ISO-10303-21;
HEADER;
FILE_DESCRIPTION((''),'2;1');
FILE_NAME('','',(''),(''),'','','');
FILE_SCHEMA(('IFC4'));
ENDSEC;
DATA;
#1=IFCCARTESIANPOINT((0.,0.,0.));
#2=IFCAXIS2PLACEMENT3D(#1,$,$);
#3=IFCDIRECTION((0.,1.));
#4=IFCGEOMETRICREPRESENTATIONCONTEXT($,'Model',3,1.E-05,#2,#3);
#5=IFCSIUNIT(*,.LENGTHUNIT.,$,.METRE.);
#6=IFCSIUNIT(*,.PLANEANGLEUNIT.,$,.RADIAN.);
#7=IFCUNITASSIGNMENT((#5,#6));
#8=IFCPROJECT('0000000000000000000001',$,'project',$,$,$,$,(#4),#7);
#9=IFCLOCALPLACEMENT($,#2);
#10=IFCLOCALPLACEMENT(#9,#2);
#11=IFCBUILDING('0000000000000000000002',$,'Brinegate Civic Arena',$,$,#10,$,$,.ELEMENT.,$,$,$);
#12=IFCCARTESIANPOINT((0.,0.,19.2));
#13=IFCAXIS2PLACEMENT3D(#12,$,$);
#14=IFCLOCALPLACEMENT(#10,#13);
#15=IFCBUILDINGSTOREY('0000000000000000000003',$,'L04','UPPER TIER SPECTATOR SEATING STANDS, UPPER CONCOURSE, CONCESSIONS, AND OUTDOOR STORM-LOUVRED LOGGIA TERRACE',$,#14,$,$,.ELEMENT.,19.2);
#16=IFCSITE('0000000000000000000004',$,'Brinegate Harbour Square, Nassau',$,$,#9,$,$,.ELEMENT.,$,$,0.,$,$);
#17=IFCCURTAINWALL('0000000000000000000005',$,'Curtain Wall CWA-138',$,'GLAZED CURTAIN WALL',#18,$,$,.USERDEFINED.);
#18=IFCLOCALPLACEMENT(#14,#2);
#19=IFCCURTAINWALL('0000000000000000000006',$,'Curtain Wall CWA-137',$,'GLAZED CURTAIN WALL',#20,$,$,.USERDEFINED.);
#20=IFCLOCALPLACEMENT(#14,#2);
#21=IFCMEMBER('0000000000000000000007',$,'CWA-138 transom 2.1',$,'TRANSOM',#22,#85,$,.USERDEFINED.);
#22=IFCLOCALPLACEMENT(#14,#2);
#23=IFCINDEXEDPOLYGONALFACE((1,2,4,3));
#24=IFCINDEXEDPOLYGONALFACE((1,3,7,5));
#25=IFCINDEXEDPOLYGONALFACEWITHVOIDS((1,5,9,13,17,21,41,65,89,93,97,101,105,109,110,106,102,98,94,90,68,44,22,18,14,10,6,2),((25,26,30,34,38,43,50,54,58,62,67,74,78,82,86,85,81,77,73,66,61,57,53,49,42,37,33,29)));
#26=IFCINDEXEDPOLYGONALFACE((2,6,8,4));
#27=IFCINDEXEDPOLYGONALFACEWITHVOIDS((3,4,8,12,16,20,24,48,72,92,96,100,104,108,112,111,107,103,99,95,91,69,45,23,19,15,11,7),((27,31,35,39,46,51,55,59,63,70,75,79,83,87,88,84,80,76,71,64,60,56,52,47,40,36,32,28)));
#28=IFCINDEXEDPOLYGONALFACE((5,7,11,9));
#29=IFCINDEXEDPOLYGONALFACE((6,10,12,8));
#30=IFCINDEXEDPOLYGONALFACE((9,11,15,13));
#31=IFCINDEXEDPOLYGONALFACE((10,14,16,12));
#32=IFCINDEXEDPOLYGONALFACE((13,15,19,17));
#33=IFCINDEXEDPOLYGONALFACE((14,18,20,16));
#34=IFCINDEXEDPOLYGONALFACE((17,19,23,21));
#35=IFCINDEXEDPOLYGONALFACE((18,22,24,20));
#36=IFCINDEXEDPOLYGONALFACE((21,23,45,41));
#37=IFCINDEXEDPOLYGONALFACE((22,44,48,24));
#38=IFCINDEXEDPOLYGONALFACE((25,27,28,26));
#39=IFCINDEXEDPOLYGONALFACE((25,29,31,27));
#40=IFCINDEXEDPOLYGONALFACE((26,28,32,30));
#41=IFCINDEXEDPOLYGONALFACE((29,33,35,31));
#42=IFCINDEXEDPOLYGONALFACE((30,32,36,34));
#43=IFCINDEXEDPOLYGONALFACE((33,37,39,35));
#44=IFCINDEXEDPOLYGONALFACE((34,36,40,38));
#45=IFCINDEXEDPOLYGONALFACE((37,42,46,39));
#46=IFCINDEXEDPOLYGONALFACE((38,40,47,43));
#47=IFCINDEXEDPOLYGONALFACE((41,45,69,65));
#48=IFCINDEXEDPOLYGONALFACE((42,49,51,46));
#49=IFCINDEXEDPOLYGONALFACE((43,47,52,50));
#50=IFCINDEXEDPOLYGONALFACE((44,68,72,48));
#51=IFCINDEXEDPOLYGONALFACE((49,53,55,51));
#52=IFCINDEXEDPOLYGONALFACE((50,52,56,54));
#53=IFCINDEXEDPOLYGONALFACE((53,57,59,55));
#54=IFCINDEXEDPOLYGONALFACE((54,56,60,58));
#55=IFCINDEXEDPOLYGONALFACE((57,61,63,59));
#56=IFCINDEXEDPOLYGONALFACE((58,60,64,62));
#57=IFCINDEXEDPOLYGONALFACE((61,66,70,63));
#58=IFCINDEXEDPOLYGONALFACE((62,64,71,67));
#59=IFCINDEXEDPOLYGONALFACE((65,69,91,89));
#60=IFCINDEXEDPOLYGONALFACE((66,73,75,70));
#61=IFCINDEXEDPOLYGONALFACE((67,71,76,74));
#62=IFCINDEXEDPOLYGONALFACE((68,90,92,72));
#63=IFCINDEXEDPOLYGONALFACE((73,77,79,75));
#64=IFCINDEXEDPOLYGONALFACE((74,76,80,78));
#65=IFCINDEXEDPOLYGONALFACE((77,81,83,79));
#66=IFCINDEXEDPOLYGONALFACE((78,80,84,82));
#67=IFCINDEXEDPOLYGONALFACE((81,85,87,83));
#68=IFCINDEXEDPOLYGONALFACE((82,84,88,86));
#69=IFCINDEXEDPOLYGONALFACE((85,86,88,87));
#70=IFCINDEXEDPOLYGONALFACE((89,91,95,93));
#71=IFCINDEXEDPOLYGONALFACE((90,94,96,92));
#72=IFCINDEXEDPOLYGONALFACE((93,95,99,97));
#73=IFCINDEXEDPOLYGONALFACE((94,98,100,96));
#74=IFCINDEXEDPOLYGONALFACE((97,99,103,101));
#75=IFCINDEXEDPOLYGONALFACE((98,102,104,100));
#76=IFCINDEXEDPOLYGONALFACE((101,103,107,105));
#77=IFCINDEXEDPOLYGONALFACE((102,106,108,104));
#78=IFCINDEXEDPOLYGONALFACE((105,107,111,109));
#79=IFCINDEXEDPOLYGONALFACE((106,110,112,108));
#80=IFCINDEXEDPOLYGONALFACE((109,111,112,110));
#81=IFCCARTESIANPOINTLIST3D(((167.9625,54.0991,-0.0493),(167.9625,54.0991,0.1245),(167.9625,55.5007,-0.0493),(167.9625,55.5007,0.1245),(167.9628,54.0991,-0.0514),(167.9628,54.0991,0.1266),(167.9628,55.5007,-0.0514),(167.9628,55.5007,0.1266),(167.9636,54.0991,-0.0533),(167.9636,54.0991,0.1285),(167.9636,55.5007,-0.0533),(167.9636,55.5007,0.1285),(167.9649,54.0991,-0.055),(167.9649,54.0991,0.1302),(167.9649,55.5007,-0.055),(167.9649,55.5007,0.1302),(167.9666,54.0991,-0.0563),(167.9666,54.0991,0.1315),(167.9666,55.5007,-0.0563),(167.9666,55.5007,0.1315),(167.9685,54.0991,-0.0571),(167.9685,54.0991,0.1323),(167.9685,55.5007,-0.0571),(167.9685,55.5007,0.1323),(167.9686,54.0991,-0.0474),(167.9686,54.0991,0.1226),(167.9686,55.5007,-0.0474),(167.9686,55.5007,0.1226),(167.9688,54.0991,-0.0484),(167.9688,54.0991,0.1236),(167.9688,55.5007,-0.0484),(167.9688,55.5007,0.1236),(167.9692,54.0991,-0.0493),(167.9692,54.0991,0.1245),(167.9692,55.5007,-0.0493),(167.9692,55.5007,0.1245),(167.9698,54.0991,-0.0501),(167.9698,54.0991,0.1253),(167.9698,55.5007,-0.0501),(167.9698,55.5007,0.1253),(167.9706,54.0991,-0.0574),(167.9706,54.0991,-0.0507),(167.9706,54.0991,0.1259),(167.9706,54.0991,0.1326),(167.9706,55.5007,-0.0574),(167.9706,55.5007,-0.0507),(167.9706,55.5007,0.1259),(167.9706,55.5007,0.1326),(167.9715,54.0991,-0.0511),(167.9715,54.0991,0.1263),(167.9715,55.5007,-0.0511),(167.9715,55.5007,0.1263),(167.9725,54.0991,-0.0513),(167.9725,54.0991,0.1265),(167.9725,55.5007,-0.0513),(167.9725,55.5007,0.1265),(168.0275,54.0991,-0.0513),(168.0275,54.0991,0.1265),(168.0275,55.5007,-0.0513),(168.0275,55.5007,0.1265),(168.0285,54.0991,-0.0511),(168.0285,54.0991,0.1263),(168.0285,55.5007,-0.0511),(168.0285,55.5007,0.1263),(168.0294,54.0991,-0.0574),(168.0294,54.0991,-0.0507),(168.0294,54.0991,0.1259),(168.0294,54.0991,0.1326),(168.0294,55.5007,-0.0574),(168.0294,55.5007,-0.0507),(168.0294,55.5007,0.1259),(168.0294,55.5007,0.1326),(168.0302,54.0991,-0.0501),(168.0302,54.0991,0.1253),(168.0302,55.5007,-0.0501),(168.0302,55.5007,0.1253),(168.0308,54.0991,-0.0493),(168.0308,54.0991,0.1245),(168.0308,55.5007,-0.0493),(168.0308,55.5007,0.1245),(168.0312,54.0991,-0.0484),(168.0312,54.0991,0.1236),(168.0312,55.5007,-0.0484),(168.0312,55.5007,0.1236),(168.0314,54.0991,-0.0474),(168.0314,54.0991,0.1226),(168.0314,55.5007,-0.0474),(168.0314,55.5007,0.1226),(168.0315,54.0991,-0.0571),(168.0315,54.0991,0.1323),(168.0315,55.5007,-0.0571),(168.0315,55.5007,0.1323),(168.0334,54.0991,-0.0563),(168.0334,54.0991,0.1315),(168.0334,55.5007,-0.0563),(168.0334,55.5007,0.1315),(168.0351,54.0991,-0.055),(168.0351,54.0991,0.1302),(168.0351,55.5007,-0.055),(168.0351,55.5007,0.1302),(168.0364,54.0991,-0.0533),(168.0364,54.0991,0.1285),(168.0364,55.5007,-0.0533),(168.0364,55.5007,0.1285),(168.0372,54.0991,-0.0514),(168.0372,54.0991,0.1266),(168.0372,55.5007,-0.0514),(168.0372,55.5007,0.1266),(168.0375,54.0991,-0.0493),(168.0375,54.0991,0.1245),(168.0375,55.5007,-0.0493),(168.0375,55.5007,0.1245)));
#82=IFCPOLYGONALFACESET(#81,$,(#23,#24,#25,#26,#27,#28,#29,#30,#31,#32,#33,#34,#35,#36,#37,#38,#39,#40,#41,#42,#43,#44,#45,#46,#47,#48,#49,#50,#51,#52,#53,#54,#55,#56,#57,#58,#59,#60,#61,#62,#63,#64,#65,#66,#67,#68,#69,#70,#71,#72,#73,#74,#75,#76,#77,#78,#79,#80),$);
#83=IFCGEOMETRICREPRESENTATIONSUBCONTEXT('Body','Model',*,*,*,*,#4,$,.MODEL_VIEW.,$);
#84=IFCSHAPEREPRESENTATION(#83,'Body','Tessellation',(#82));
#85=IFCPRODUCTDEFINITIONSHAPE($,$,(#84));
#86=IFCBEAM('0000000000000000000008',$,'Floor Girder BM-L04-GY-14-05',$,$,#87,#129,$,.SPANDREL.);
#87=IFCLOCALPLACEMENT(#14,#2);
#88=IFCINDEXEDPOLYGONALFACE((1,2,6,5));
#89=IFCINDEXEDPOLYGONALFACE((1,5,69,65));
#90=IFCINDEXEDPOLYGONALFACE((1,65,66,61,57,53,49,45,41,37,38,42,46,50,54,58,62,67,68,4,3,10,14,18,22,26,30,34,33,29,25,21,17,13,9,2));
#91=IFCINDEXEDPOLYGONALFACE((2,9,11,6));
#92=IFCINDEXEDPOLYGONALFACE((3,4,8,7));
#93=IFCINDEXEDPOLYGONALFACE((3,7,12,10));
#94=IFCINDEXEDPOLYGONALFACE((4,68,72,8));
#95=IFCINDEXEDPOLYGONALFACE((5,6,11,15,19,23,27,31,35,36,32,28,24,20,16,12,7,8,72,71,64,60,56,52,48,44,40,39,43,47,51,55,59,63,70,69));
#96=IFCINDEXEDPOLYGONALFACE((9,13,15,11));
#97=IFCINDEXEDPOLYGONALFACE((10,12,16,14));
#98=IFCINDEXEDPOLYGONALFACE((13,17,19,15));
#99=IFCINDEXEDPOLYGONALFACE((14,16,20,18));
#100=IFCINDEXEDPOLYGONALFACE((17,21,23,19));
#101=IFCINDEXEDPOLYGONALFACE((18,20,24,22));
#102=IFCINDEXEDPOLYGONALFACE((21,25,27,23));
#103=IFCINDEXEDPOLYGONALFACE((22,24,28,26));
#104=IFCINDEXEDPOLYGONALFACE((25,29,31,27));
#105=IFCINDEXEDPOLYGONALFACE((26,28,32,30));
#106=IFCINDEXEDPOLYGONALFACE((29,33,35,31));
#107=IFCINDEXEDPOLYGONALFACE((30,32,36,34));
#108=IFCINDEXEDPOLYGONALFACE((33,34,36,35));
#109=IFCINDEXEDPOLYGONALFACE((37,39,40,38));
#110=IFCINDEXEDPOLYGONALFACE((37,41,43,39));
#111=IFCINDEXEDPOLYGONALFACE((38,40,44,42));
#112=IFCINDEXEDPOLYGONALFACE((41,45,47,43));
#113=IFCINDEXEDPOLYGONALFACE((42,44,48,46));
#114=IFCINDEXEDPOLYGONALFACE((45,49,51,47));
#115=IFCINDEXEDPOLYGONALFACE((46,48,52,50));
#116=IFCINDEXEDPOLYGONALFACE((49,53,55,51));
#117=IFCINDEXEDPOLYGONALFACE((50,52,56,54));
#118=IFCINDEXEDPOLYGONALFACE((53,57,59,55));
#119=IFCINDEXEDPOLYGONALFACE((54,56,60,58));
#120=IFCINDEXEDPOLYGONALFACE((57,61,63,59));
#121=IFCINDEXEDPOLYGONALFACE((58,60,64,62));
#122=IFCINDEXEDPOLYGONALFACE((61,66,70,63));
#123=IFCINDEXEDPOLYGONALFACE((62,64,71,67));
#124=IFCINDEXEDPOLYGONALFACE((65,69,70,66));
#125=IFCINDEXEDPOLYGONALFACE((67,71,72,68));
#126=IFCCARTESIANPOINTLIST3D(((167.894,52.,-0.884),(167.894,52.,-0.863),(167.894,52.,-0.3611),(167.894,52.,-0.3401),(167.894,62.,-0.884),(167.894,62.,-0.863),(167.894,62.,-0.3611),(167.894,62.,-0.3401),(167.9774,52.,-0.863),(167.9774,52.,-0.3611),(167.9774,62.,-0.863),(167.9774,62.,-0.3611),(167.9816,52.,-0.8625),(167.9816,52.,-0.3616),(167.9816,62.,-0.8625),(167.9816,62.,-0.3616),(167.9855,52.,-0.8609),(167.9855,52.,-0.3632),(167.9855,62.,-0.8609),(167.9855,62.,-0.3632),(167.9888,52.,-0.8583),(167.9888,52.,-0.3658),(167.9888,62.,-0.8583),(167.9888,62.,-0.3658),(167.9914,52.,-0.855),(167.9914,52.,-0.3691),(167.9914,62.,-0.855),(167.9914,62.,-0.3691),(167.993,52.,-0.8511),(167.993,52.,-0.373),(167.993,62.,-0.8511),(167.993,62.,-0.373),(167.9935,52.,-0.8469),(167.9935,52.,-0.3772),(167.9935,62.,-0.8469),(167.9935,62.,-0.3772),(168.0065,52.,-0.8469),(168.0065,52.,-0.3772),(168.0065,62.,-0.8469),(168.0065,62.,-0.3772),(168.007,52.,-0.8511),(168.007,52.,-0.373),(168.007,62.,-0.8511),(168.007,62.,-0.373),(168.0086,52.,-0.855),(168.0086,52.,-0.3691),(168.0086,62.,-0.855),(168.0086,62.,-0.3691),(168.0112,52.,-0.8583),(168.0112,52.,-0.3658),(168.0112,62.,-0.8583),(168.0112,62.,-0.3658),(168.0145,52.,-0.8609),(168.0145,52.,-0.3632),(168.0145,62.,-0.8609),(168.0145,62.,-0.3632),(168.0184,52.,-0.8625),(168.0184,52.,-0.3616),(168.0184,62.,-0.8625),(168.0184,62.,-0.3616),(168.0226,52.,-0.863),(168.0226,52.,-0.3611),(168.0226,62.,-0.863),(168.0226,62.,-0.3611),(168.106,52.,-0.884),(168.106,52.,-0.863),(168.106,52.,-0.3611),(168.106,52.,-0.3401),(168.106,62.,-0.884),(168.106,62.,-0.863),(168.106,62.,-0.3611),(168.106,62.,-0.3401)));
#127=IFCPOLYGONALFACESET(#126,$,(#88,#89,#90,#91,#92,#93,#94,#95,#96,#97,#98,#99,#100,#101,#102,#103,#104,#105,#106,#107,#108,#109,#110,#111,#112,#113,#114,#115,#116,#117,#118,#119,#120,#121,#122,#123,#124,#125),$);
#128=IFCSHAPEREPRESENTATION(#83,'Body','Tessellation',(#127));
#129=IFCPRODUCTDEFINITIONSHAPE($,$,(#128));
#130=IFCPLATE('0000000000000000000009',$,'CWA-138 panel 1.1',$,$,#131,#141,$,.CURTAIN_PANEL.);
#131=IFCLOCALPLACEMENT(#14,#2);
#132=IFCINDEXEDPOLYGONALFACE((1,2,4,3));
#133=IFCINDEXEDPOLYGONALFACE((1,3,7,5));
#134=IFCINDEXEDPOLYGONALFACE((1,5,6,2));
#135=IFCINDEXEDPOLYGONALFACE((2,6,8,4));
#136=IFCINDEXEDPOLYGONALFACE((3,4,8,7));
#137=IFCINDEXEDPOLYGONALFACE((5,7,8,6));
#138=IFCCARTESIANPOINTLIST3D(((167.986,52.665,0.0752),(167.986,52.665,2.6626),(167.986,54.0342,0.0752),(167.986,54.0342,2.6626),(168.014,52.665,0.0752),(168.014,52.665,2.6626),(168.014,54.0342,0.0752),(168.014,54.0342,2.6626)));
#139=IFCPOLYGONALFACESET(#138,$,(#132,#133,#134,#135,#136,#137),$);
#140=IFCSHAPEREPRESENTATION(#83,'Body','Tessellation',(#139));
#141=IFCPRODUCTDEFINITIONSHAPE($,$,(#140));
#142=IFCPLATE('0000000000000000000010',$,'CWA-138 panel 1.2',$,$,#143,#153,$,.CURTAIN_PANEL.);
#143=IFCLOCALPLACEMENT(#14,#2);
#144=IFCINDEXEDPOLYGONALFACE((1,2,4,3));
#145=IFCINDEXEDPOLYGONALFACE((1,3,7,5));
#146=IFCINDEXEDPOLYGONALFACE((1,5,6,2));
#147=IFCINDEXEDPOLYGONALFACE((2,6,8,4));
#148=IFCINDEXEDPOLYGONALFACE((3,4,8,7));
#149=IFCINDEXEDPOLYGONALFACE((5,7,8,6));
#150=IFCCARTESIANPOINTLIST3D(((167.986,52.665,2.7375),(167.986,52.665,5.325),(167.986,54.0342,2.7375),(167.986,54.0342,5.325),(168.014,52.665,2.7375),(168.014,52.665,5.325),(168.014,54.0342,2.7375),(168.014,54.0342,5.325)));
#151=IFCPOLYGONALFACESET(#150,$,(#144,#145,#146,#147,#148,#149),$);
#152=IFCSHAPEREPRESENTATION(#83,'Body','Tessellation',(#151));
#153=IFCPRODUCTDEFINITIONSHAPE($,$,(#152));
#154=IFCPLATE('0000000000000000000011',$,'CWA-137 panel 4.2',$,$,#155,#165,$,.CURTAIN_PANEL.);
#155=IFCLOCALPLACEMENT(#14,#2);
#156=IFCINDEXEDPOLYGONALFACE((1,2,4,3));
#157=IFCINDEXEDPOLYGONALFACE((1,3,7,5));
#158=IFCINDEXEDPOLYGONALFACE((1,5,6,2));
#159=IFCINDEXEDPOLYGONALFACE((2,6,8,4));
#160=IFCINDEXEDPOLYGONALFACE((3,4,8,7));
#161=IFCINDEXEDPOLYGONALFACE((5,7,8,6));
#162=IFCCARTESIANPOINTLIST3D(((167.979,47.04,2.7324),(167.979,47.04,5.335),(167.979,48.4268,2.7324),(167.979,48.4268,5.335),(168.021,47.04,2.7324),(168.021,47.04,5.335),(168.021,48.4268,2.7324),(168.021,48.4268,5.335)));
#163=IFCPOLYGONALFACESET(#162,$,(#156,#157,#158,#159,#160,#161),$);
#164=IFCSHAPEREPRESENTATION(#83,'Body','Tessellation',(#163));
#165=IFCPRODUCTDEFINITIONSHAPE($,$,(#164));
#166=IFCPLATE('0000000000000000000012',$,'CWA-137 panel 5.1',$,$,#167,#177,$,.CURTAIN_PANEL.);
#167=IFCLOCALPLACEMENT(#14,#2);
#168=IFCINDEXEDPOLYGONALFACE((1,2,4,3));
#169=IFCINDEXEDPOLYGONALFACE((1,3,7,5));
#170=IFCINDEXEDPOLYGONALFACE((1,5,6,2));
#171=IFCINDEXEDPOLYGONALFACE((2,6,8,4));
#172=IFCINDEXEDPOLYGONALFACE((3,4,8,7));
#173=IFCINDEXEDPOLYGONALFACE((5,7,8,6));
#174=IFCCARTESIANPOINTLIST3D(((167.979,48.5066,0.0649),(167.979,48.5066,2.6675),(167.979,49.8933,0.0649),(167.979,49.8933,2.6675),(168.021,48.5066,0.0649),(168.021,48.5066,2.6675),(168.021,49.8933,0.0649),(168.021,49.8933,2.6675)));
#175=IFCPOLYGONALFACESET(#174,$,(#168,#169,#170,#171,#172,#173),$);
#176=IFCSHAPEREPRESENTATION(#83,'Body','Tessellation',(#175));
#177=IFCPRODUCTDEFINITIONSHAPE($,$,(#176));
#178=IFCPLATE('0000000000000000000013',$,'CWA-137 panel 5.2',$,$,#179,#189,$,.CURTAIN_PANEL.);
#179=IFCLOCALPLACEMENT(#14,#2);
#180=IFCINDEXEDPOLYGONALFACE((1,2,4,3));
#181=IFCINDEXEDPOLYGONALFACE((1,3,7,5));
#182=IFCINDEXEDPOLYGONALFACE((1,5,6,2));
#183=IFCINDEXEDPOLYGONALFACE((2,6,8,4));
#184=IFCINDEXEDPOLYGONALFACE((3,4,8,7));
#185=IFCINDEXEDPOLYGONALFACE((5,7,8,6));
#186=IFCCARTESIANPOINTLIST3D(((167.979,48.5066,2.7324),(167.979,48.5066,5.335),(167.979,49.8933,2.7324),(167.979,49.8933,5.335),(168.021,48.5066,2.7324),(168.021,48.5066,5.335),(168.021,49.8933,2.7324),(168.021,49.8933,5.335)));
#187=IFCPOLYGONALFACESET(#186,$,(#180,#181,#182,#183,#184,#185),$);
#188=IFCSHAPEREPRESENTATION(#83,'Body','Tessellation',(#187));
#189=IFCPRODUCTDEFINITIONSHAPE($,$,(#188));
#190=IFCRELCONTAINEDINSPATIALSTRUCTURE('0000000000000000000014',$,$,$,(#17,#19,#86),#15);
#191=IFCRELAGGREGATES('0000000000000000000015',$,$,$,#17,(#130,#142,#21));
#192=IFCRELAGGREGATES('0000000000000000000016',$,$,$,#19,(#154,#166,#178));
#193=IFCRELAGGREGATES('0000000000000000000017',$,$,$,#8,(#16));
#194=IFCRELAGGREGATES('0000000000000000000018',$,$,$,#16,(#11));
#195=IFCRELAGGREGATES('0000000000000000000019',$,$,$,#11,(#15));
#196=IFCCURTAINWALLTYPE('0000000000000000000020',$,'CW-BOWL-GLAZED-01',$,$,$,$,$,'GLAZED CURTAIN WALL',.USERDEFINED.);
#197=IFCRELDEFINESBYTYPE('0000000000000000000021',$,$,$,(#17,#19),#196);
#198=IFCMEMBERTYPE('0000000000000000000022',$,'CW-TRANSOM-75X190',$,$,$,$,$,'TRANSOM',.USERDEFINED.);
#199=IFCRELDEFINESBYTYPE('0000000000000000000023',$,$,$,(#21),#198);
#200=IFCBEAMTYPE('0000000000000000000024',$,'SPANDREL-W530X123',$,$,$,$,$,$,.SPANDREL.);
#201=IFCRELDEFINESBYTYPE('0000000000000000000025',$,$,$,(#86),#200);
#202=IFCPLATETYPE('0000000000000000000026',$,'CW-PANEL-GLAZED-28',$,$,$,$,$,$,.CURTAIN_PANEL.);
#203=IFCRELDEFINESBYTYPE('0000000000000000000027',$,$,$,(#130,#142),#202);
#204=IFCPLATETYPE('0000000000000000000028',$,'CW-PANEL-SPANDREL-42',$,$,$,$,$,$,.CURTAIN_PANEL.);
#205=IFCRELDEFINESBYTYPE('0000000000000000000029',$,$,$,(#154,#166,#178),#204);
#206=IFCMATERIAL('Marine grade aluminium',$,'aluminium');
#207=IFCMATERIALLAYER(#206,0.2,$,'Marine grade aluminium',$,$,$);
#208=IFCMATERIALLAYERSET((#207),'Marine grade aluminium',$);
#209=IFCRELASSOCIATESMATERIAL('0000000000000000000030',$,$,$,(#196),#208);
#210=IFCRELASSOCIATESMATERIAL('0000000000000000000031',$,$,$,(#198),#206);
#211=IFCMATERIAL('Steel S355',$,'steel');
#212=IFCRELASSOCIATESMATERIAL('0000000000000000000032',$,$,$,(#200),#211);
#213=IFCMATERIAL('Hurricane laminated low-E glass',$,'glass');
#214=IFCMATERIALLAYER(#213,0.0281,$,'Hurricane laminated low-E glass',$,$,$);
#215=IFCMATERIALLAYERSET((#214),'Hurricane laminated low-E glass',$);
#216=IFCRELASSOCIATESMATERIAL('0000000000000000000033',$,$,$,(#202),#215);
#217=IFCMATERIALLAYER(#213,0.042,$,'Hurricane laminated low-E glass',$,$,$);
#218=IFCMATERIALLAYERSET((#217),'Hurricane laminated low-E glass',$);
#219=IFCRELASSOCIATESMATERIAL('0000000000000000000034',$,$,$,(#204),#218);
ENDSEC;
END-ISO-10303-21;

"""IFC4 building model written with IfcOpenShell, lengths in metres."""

from ifc_helpers import new_model, si_unit, direction, frame, origin, origin_2d, place, context, subcontext, project, spatial, rectangle, hollow_rectangle, i_section, extrude, material, layer, layer_set, material_profile, profile_set, type_object, element, aggregate, save


model = new_model("IFC4")

# Units and contexts
model_context = context("Model", 3, precision=1e-05, world=origin(), true_north=direction((0.0, 1.0)))
body_context = subcontext(model_context, "Body", "Model", "MODEL_VIEW")
ifc_project = project(units=[si_unit("LENGTHUNIT", "METRE"), si_unit("PLANEANGLEUNIT", "RADIAN")], contexts=[model_context])

# Site, building, storey
site_placement = place(None, origin())
site = spatial("IfcSite", under=ifc_project, at=site_placement, Name="Brinegate Harbour Square, Nassau", CompositionType="ELEMENT", RefElevation=0.0)
building_placement = place(site_placement, origin())
building = spatial("IfcBuilding", under=site, at=building_placement, Name="Brinegate Civic Arena", CompositionType="ELEMENT")
storey_placement = place(building_placement, frame((0.0, 0.0, 19.2)))
storey = spatial("IfcBuildingStorey", under=building, at=storey_placement, Name="L04", Description="UPPER TIER SPECTATOR SEATING STANDS, UPPER CONCOURSE, CONCESSIONS, AND OUTDOOR STORM-LOUVRED LOGGIA TERRACE", CompositionType="ELEMENT", Elevation=19.2)

# Curtain walls
ifc_material_1 = material(Name="Marine grade aluminium", Category="aluminium")
ifc_layer_1 = layer(ifc_material_1, 0.2, Name="Marine grade aluminium")
ifc_layer_set_1 = layer_set([ifc_layer_1], Name="Marine grade aluminium")
curtain_wall_type = type_object("IfcCurtainWallType", Name="CW-BOWL-GLAZED-01", ElementType="GLAZED CURTAIN WALL", PredefinedType="USERDEFINED", material=ifc_layer_set_1)
curtain_wall_1_placement = place(storey_placement, origin())
curtain_wall_1 = element("IfcCurtainWall", 1, at=curtain_wall_1_placement, inside=storey, type_object=curtain_wall_type, Name="Curtain Wall CWA-138", ObjectType="GLAZED CURTAIN WALL", PredefinedType="USERDEFINED")
curtain_wall_2_placement = place(storey_placement, origin())
curtain_wall_2 = element("IfcCurtainWall", 2, at=curtain_wall_2_placement, inside=storey, type_object=curtain_wall_type, Name="Curtain Wall CWA-137", ObjectType="GLAZED CURTAIN WALL", PredefinedType="USERDEFINED")

# Member
ifc_material_profile_1 = material_profile(ifc_material_1, hollow_rectangle(XDim=0.075, YDim=0.1899, WallThickness=0.0061, InnerFilletRadius=0.0039, OuterFilletRadius=0.0081, at=origin_2d()), Name="TRN75X190")
ifc_profile_set_1 = profile_set([ifc_material_profile_1], Name="Marine grade aluminium")
member_type_1 = type_object("IfcMemberType", Name="CW-TRANSOM-75X190", ElementType="TRANSOM", PredefinedType="USERDEFINED", material=ifc_profile_set_1)
member_1_placement = place(storey_placement, frame((168.0, 54.0991, 0.0376), z_axis=(0.0, 1.0, 0.0), x_axis=(-1.0, 0.0, 0.0)))
member_1 = element("IfcMember", 3, at=member_1_placement, type_object=member_type_1, Name="CWA-138 transom 2.1", ObjectType="TRANSOM", PredefinedType="USERDEFINED", context=body_context, shape_type="SweptSolid", body=[
    extrude(hollow_rectangle(XDim=0.075, YDim=0.1899, WallThickness=0.0061, InnerFilletRadius=0.0039, OuterFilletRadius=0.0081, at=origin_2d()), origin(), (0.0, 0.0, 1.0), 1.4016),
])

# Beam
ifc_material_2 = material(Name="Steel S355", Category="steel")
ifc_material_profile_2 = material_profile(ifc_material_2, i_section(OverallWidth=0.2119, OverallDepth=0.5439, WebThickness=0.0129, FlangeThickness=0.021, FilletRadius=0.0161, at=origin_2d()), Name="W530X123")
ifc_profile_set_2 = profile_set([ifc_material_profile_2], Name="Steel S355")
beam_type = type_object("IfcBeamType", Name="SPANDREL-W530X123", PredefinedType="SPANDREL", material=ifc_profile_set_2)
beam_placement = place(storey_placement, frame((168.0, 52.0, -0.6121), z_axis=(0.0, 1.0, 0.0), x_axis=(-1.0, 0.0, 0.0)))
element("IfcBeam", 4, at=beam_placement, inside=storey, type_object=beam_type, Name="Floor Girder BM-L04-GY-14-05", PredefinedType="SPANDREL", context=body_context, shape_type="SweptSolid", body=[
    extrude(i_section(OverallWidth=0.2119, OverallDepth=0.5439, WebThickness=0.0129, FlangeThickness=0.021, FilletRadius=0.0161, at=origin_2d()), origin(), (0.0, 0.0, 1.0), 10.0),
])

# Plates
ifc_material_3 = material(Name="Hurricane laminated low-E glass", Category="glass")
ifc_layer_2 = layer(ifc_material_3, 0.0281, Name="Hurricane laminated low-E glass")
ifc_layer_set_2 = layer_set([ifc_layer_2], Name="Hurricane laminated low-E glass")
plate_type_1 = type_object("IfcPlateType", Name="CW-PANEL-GLAZED-28", PredefinedType="CURTAIN_PANEL", material=ifc_layer_set_2)
plate_1_placement = place(storey_placement, frame((168.0, 53.3496, 0.0752), z_axis=(0.0, 0.0, 1.0), x_axis=(0.0, 1.0, 0.0)))
plate_1 = element("IfcPlate", 5, at=plate_1_placement, type_object=plate_type_1, Name="CWA-138 panel 1.1", PredefinedType="CURTAIN_PANEL", context=body_context, shape_type="SweptSolid", body=[
    extrude(rectangle(XDim=1.3691, YDim=0.0281, at=origin_2d()), origin(), (0.0, 0.0, 1.0), 2.5874),
])
plate_2_placement = place(storey_placement, frame((168.0, 53.3496, 2.7375), z_axis=(0.0, 0.0, 1.0), x_axis=(0.0, 1.0, 0.0)))
plate_2 = element("IfcPlate", 6, at=plate_2_placement, type_object=plate_type_1, Name="CWA-138 panel 1.2", PredefinedType="CURTAIN_PANEL", context=body_context, shape_type="SweptSolid", body=[
    extrude(rectangle(XDim=1.3691, YDim=0.0281, at=origin_2d()), origin(), (0.0, 0.0, 1.0), 2.5874),
])
aggregate(curtain_wall_1, [plate_1, plate_2, member_1])
ifc_layer_3 = layer(ifc_material_3, 0.042, Name="Hurricane laminated low-E glass")
ifc_layer_set_3 = layer_set([ifc_layer_3], Name="Hurricane laminated low-E glass")
plate_type_2 = type_object("IfcPlateType", Name="CW-PANEL-SPANDREL-42", PredefinedType="CURTAIN_PANEL", material=ifc_layer_set_3)
plate_3_placement = place(storey_placement, frame((168.0, 47.7334, 2.7324), z_axis=(0.0, 0.0, 1.0), x_axis=(0.0, 1.0, 0.0)))
plate_3 = element("IfcPlate", 7, at=plate_3_placement, type_object=plate_type_2, Name="CWA-137 panel 4.2", PredefinedType="CURTAIN_PANEL", context=body_context, shape_type="SweptSolid", body=[
    extrude(rectangle(XDim=1.3867, YDim=0.042, at=origin_2d()), origin(), (0.0, 0.0, 1.0), 2.6025),
])
plate_4_placement = place(storey_placement, frame((168.0, 49.2, 0.0649), z_axis=(0.0, 0.0, 1.0), x_axis=(0.0, 1.0, 0.0)))
plate_4 = element("IfcPlate", 8, at=plate_4_placement, type_object=plate_type_2, Name="CWA-137 panel 5.1", PredefinedType="CURTAIN_PANEL", context=body_context, shape_type="SweptSolid", body=[
    extrude(rectangle(XDim=1.3867, YDim=0.042, at=origin_2d()), origin(), (0.0, 0.0, 1.0), 2.6025),
])
plate_5_placement = place(storey_placement, frame((168.0, 49.2, 2.7324), z_axis=(0.0, 0.0, 1.0), x_axis=(0.0, 1.0, 0.0)))
plate_5 = element("IfcPlate", 9, at=plate_5_placement, type_object=plate_type_2, Name="CWA-137 panel 5.2", PredefinedType="CURTAIN_PANEL", context=body_context, shape_type="SweptSolid", body=[
    extrude(rectangle(XDim=1.3867, YDim=0.042, at=origin_2d()), origin(), (0.0, 0.0, 1.0), 2.6025),
])
aggregate(curtain_wall_2, [plate_3, plate_4, plate_5])

save(model, "model.ifc")
